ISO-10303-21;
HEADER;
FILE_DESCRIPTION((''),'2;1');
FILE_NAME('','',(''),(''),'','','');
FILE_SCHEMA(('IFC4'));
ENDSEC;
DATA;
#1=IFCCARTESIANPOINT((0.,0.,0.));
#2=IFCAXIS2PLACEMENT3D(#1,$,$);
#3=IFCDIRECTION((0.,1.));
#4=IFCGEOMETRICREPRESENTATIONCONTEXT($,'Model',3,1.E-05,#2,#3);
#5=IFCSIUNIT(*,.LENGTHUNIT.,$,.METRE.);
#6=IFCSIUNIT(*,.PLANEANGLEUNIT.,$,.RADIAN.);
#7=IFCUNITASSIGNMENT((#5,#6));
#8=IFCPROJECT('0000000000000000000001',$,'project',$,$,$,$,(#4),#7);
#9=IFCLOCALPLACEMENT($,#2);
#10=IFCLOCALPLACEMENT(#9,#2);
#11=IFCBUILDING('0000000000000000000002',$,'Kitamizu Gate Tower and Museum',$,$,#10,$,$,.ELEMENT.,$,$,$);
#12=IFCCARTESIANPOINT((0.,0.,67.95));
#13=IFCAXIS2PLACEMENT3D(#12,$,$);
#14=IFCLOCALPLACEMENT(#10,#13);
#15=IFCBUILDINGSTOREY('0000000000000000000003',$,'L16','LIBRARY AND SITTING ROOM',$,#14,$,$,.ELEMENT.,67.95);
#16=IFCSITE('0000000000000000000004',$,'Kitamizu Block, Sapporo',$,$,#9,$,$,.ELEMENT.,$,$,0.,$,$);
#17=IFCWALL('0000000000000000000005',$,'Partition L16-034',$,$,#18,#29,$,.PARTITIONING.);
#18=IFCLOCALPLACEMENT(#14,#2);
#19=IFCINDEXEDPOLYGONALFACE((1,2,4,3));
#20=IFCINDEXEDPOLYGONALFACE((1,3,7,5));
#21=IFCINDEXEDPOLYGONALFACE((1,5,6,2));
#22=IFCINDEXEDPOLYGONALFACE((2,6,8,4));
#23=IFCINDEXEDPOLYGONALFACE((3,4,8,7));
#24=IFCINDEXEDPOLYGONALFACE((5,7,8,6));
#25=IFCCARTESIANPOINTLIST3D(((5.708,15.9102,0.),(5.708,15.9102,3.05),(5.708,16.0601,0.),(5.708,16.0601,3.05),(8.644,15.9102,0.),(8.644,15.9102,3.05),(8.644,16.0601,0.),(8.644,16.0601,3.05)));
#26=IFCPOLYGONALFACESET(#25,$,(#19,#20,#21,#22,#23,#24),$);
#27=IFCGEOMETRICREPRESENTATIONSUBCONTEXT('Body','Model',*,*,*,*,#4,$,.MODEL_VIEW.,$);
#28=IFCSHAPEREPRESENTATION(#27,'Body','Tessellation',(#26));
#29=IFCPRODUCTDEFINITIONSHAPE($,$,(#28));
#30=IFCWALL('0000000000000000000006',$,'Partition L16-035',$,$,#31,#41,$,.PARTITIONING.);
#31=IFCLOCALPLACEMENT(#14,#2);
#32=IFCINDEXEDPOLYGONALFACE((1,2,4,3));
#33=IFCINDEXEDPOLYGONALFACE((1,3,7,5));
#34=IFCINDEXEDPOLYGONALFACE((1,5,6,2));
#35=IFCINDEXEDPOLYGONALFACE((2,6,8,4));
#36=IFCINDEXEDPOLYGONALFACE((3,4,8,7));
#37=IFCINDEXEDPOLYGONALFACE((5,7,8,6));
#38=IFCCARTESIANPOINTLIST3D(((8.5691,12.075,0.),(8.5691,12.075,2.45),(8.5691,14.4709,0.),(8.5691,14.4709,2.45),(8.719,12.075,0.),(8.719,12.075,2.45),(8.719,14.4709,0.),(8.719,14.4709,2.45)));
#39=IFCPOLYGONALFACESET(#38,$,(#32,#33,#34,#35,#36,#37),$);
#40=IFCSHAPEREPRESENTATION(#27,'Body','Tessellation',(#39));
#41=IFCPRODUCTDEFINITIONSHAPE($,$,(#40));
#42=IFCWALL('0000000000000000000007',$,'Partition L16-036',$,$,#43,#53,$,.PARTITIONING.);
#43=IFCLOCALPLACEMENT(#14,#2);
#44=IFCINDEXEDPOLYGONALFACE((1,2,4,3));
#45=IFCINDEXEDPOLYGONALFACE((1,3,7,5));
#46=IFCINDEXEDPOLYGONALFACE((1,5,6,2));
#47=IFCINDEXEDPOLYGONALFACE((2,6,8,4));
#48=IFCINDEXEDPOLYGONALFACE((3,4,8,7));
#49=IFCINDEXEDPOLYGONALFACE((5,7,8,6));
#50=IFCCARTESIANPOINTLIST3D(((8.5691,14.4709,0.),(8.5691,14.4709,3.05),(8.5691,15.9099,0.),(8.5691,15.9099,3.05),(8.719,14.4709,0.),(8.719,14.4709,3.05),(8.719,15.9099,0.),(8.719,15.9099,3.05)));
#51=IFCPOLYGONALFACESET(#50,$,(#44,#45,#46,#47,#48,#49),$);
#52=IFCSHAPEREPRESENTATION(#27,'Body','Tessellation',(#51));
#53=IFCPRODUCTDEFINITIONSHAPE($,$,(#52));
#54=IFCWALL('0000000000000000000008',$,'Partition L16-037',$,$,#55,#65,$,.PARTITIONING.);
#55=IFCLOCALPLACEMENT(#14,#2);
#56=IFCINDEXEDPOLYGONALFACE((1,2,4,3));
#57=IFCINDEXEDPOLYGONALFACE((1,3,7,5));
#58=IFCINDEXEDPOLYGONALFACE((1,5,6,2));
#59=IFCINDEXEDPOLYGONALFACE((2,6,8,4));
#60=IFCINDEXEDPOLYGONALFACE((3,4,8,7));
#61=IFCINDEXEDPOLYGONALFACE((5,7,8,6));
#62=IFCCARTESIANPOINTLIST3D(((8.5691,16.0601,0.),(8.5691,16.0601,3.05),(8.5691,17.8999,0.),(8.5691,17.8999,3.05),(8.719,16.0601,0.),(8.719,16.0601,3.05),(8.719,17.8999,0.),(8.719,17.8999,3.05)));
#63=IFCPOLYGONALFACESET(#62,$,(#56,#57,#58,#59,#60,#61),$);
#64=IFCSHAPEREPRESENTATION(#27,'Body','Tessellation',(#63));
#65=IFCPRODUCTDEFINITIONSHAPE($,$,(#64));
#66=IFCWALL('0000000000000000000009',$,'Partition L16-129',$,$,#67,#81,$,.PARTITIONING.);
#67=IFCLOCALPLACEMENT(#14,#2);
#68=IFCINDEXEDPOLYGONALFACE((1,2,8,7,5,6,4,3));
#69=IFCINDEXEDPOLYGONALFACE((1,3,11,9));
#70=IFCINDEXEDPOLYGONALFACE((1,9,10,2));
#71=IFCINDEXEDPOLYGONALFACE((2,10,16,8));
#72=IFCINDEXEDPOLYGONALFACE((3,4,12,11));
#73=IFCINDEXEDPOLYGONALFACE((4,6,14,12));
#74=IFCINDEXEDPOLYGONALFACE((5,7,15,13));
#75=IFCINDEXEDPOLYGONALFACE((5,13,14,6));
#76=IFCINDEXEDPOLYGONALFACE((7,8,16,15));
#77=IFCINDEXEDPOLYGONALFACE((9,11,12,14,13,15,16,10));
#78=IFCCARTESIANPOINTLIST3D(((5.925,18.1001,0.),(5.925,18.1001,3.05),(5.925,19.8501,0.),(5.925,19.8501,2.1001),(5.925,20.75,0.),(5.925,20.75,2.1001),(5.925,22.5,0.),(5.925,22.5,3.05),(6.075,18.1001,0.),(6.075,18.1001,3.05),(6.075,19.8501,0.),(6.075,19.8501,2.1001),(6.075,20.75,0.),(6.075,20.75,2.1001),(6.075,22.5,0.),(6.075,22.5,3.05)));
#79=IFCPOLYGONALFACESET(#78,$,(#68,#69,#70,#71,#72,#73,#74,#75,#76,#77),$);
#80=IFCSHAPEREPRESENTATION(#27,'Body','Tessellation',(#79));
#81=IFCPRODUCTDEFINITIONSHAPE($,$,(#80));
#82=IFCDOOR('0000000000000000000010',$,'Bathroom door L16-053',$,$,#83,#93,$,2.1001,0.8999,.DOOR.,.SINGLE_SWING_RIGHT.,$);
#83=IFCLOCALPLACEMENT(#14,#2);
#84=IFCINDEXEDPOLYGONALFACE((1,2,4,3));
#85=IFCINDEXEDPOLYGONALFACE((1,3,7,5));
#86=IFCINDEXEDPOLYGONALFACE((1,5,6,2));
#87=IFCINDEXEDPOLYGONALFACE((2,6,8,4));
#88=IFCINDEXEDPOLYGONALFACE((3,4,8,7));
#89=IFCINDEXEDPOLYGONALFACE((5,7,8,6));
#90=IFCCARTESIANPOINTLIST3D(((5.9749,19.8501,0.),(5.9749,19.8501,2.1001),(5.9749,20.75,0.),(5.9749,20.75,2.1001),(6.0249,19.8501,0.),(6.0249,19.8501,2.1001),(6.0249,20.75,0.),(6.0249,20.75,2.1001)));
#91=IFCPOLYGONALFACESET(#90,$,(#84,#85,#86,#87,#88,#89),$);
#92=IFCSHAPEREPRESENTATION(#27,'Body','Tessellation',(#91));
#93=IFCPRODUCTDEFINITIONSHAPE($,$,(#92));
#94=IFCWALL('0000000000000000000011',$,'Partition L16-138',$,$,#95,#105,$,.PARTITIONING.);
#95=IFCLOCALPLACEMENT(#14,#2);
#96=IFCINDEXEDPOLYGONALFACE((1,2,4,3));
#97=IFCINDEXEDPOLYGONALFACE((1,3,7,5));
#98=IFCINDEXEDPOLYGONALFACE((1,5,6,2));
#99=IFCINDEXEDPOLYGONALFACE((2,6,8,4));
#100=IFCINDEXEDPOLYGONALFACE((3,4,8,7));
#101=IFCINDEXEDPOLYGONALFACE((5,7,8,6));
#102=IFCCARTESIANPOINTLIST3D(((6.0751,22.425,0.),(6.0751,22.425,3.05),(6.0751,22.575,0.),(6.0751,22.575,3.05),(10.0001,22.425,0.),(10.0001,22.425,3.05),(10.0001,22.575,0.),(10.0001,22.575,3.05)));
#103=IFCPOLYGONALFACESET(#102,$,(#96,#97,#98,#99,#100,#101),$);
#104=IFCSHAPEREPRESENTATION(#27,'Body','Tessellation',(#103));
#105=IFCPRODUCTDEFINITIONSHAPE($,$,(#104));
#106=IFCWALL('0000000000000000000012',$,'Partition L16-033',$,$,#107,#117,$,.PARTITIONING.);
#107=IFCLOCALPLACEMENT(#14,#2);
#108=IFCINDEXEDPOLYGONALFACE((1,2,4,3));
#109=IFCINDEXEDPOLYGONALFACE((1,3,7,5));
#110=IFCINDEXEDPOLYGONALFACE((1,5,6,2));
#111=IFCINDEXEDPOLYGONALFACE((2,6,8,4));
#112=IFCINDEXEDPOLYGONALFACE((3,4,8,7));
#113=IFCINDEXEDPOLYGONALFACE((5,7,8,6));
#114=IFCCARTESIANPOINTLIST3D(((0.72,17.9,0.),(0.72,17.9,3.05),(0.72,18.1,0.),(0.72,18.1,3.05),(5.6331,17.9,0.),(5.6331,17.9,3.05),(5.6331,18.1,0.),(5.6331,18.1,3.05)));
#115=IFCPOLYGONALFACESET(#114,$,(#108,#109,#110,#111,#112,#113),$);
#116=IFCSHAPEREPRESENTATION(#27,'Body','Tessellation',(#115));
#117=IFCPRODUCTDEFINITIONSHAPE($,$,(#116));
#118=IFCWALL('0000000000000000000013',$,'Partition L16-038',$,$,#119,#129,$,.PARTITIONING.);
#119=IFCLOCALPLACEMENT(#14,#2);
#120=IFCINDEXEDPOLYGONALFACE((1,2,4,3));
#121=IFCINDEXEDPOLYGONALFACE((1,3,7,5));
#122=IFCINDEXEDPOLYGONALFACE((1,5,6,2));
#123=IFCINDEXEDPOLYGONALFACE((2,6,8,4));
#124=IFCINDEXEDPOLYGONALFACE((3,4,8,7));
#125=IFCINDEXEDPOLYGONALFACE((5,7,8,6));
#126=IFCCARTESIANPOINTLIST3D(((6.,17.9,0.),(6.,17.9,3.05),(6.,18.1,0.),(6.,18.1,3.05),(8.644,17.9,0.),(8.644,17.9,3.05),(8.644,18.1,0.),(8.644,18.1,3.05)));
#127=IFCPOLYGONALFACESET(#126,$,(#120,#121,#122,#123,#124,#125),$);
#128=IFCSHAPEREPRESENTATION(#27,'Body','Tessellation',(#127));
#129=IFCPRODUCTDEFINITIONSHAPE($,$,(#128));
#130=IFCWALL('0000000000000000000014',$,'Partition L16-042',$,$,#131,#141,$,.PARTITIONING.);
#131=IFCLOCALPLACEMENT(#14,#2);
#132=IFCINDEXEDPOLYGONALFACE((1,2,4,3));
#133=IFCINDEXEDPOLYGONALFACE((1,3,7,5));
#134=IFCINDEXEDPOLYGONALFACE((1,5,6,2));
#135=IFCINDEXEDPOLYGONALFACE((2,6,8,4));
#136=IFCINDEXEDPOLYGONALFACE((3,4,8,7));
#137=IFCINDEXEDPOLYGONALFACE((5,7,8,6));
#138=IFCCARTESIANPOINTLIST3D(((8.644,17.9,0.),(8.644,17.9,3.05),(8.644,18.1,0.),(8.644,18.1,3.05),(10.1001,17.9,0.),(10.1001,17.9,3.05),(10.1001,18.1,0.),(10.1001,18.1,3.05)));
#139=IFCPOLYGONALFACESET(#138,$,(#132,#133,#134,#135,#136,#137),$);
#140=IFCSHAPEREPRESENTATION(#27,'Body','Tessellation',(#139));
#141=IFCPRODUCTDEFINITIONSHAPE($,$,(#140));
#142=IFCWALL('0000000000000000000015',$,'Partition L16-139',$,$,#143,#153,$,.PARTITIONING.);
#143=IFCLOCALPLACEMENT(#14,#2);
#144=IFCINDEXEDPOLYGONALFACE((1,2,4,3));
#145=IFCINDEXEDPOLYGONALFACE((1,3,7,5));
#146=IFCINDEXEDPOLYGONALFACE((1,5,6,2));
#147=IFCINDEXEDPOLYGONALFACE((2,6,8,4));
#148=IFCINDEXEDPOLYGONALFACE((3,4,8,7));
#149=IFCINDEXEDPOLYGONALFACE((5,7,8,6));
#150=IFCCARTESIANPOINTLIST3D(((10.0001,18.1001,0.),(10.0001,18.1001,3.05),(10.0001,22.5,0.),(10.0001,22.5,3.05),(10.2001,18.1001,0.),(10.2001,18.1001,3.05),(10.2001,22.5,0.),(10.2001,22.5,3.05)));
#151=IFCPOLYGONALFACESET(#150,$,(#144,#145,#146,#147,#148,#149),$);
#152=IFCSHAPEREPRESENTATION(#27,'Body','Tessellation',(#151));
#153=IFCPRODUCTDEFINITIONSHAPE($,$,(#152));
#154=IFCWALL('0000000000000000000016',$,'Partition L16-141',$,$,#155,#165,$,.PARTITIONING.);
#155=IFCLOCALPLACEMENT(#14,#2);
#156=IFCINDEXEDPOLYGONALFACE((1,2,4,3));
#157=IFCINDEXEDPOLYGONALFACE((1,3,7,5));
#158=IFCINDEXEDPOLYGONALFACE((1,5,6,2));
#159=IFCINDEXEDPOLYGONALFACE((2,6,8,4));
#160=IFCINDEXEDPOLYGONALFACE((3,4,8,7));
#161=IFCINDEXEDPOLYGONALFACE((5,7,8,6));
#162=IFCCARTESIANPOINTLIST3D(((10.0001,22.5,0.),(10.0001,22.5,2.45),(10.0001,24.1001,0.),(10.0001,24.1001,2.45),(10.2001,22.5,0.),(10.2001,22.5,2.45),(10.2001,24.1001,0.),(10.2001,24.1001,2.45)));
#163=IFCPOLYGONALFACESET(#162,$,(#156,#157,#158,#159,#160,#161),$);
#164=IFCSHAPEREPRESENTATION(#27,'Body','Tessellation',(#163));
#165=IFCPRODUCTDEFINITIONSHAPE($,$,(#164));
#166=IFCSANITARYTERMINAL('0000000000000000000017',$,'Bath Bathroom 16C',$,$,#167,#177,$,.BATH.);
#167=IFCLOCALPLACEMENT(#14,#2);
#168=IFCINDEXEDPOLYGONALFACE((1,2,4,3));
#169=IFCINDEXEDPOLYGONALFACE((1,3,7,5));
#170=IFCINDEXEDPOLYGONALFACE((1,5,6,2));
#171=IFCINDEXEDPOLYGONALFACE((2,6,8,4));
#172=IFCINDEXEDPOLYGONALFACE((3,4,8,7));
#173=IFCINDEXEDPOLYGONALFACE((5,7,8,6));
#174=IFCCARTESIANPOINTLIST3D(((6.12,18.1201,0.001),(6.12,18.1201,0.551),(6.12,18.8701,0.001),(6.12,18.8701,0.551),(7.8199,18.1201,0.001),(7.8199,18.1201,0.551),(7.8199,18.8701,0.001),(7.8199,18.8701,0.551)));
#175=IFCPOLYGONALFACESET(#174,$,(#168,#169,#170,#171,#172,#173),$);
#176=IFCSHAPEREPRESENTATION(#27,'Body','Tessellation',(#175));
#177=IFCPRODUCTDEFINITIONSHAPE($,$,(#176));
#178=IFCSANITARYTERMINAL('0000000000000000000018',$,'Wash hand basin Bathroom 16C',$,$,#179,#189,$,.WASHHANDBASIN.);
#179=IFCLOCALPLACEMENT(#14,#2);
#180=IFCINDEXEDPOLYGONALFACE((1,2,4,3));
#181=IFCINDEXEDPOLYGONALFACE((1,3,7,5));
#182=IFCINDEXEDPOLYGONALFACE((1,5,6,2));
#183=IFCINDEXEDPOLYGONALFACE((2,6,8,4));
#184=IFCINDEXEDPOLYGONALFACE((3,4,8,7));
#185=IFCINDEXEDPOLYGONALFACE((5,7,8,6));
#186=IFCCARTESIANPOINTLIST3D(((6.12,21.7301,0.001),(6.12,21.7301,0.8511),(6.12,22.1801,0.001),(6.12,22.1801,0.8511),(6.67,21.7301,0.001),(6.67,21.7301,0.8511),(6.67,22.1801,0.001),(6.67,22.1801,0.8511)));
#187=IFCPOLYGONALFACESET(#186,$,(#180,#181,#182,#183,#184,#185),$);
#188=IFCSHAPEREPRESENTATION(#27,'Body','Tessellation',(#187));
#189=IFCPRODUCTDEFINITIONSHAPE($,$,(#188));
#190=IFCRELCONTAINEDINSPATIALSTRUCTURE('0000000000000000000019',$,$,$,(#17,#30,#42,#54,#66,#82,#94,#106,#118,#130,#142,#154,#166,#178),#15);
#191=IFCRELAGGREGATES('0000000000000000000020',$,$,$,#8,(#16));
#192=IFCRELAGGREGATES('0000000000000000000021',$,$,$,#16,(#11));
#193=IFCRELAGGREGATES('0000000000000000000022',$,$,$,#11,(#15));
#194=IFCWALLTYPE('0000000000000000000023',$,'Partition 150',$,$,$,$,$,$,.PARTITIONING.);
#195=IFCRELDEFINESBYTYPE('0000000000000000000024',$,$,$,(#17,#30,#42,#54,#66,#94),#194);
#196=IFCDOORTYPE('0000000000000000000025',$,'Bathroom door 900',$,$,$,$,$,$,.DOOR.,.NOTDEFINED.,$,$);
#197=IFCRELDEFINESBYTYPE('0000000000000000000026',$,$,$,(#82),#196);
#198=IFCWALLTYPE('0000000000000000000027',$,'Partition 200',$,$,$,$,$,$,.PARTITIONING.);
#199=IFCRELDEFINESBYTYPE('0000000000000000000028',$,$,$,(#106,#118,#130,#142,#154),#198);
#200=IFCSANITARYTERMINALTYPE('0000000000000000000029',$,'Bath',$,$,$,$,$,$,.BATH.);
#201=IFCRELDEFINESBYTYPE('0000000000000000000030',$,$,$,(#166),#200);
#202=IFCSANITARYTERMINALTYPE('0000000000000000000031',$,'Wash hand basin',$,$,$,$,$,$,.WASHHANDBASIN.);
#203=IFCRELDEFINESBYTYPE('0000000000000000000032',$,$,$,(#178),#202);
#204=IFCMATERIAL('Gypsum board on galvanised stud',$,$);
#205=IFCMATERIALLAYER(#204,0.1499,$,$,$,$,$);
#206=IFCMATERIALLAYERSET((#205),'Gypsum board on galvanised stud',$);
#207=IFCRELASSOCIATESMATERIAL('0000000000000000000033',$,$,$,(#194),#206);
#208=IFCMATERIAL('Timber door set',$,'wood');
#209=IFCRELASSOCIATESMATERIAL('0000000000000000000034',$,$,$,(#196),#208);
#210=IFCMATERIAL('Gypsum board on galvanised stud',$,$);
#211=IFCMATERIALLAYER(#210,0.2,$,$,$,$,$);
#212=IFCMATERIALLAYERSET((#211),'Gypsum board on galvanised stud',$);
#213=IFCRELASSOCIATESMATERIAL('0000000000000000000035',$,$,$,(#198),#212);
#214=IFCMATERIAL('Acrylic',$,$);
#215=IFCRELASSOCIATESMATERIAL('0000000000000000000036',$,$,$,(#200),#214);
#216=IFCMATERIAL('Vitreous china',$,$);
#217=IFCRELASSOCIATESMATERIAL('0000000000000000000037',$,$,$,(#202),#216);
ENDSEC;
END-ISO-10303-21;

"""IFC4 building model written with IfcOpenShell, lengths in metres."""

from ifc_helpers import new_model, si_unit, direction, frame, frame_2d, origin, origin_2d, place, context, subcontext, project, spatial, rectangle, extrude, material, layer, layer_set, type_object, element, fill, save


model = new_model("IFC4")

# Units and contexts
model_context = context("Model", 3, precision=1e-05, world=origin(), true_north=direction((0.0, 1.0)))
body_context = subcontext(model_context, "Body", "Model", "MODEL_VIEW")
ifc_project = project(units=[si_unit("LENGTHUNIT", "METRE"), si_unit("PLANEANGLEUNIT", "RADIAN")], contexts=[model_context])

# Site, building, storey
site_placement = place(None, origin())
site = spatial("IfcSite", under=ifc_project, at=site_placement, Name="Kitamizu Block, Sapporo", CompositionType="ELEMENT", RefElevation=0.0)
building_placement = place(site_placement, origin())
building = spatial("IfcBuilding", under=site, at=building_placement, Name="Kitamizu Gate Tower and Museum", CompositionType="ELEMENT")
storey_placement = place(building_placement, frame((0.0, 0.0, 67.95)))
storey = spatial("IfcBuildingStorey", under=building, at=storey_placement, Name="L16", Description="LIBRARY AND SITTING ROOM", CompositionType="ELEMENT", Elevation=67.95)

# Shared definitions
ifc_material_1 = material(Name="Gypsum board on galvanised stud")
ifc_layer_1 = layer(ifc_material_1, 0.1499)
ifc_layer_set_1 = layer_set([ifc_layer_1], Name="Gypsum board on galvanised stud")
wall_type_1 = type_object("IfcWallType", Name="Partition 150", PredefinedType="PARTITIONING", material=ifc_layer_set_1)

# Shared definitions
ifc_material_2 = material(Name="Timber door set", Category="wood")
door_type_1 = type_object("IfcDoorType", Name="Bathroom door 900", OperationType="NOTDEFINED", PredefinedType="DOOR", material=ifc_material_2)

# Walls
wall_1_placement = place(storey_placement, frame((8.644, 15.9851, 0.0), z_axis=(0.0, 0.0, 1.0), x_axis=(-1.0, 0.0, 0.0)))
element("IfcWall", 1, at=wall_1_placement, inside=storey, type_object=wall_type_1, Name="Partition L16-034", PredefinedType="PARTITIONING", context=body_context, shape_type="SweptSolid", body=[
    extrude(rectangle(XDim=2.936, YDim=0.1499, at=frame_2d((1.468, 0.0))), origin(), (0.0, 0.0, 1.0), 3.05),
])
wall_2_placement = place(storey_placement, frame((8.644, 12.075, 0.0), z_axis=(0.0, 0.0, 1.0), x_axis=(0.0, 1.0, 0.0)))
element("IfcWall", 2, at=wall_2_placement, inside=storey, type_object=wall_type_1, Name="Partition L16-035", PredefinedType="PARTITIONING", context=body_context, shape_type="SweptSolid", body=[
    extrude(rectangle(XDim=2.396, YDim=0.1499, at=frame_2d((1.198, 0.0))), origin(), (0.0, 0.0, 1.0), 2.45),
])
wall_3_placement = place(storey_placement, frame((8.644, 14.4709, 0.0), z_axis=(0.0, 0.0, 1.0), x_axis=(0.0, 1.0, 0.0)))
element("IfcWall", 3, at=wall_3_placement, inside=storey, type_object=wall_type_1, Name="Partition L16-036", PredefinedType="PARTITIONING", context=body_context, shape_type="SweptSolid", body=[
    extrude(rectangle(XDim=1.439, YDim=0.1499, at=frame_2d((0.7195, 0.0))), origin(), (0.0, 0.0, 1.0), 3.05),
])
wall_4_placement = place(storey_placement, frame((8.644, 16.0601, 0.0), z_axis=(0.0, 0.0, 1.0), x_axis=(0.0, 1.0, 0.0)))
element("IfcWall", 4, at=wall_4_placement, inside=storey, type_object=wall_type_1, Name="Partition L16-037", PredefinedType="PARTITIONING", context=body_context, shape_type="SweptSolid", body=[
    extrude(rectangle(XDim=1.8398, YDim=0.1499, at=frame_2d((0.9199, 0.0))), origin(), (0.0, 0.0, 1.0), 3.05),
])

# Wall, opening, door
wall_5_placement = place(storey_placement, frame((6.0, 18.1001, 0.0), z_axis=(0.0, 0.0, 1.0), x_axis=(0.0, 1.0, 0.0)))
wall_5 = element("IfcWall", 5, at=wall_5_placement, inside=storey, type_object=wall_type_1, Name="Partition L16-129", PredefinedType="PARTITIONING", context=body_context, shape_type="SweptSolid", body=[
    extrude(rectangle(XDim=4.3999, YDim=0.1499, at=frame_2d((2.2, 0.0))), origin(), (0.0, 0.0, 1.0), 3.05),
])
opening_1_placement = place(wall_5_placement, frame((1.75, 0.0, 0.0)))
opening_1 = element("IfcOpeningElement", 6, at=opening_1_placement, cuts=wall_5, PredefinedType="OPENING", context=body_context, shape_type="SweptSolid", body=[
    extrude(rectangle(XDim=0.8999, YDim=2.1001, at=frame_2d((0.45, 1.05))), frame((0.0, 0.085, 0.0), z_axis=(0.0, -1.0, 0.0), x_axis=(1.0, 0.0, 0.0)), (0.0, 0.0, 1.0), 0.1699),
])
door_1_placement = place(opening_1_placement, frame((0.8999, 0.0, 0.0), x_axis=(-1.0, 0.0, 0.0)))
door_1 = element("IfcDoor", 7, at=door_1_placement, inside=storey, type_object=door_type_1, Name="Bathroom door L16-053", OperationType="SINGLE_SWING_RIGHT", OverallHeight=2.1001, OverallWidth=0.8999, PredefinedType="DOOR", context=body_context, shape_type="SweptSolid", body=[
    extrude(rectangle(XDim=0.8999, YDim=2.1001, at=frame_2d((0.45, 1.05))), frame((0.0, 0.0249, 0.0), z_axis=(0.0, -1.0, 0.0), x_axis=(1.0, 0.0, 0.0)), (0.0, 0.0, 1.0), 0.05),
])
fill(opening_1, door_1)

# Walls
wall_6_placement = place(storey_placement, frame((10.0, 22.5, 0.0), z_axis=(0.0, 0.0, 1.0), x_axis=(-1.0, 0.0, 0.0)))
element("IfcWall", 8, at=wall_6_placement, inside=storey, type_object=wall_type_1, Name="Partition L16-138", PredefinedType="PARTITIONING", context=body_context, shape_type="SweptSolid", body=[
    extrude(rectangle(XDim=3.925, YDim=0.1499, at=frame_2d((1.9624, 0.0))), origin(), (0.0, 0.0, 1.0), 3.05),
])
ifc_material_3 = material(Name="Gypsum board on galvanised stud")
ifc_layer_2 = layer(ifc_material_3, 0.2)
ifc_layer_set_2 = layer_set([ifc_layer_2], Name="Gypsum board on galvanised stud")
wall_type_2 = type_object("IfcWallType", Name="Partition 200", PredefinedType="PARTITIONING", material=ifc_layer_set_2)
wall_7_placement = place(storey_placement, frame((5.6331, 18.0, 0.0), z_axis=(0.0, 0.0, 1.0), x_axis=(-1.0, 0.0, 0.0)))
element("IfcWall", 9, at=wall_7_placement, inside=storey, type_object=wall_type_2, Name="Partition L16-033", PredefinedType="PARTITIONING", context=body_context, shape_type="SweptSolid", body=[
    extrude(rectangle(XDim=4.9131, YDim=0.2, at=frame_2d((2.4565, 0.0))), origin(), (0.0, 0.0, 1.0), 3.05),
])
wall_8_placement = place(storey_placement, frame((8.644, 18.0, 0.0), z_axis=(0.0, 0.0, 1.0), x_axis=(-1.0, 0.0, 0.0)))
element("IfcWall", 10, at=wall_8_placement, inside=storey, type_object=wall_type_2, Name="Partition L16-038", PredefinedType="PARTITIONING", context=body_context, shape_type="SweptSolid", body=[
    extrude(rectangle(XDim=2.644, YDim=0.2, at=frame_2d((1.322, 0.0))), origin(), (0.0, 0.0, 1.0), 3.05),
])
wall_9_placement = place(storey_placement, frame((10.1001, 18.0, 0.0), z_axis=(0.0, 0.0, 1.0), x_axis=(-1.0, 0.0, 0.0)))
element("IfcWall", 11, at=wall_9_placement, inside=storey, type_object=wall_type_2, Name="Partition L16-042", PredefinedType="PARTITIONING", context=body_context, shape_type="SweptSolid", body=[
    extrude(rectangle(XDim=1.4561, YDim=0.2, at=frame_2d((0.728, 0.0))), origin(), (0.0, 0.0, 1.0), 3.05),
])
wall_10_placement = place(storey_placement, frame((10.1001, 18.1001, 0.0), z_axis=(0.0, 0.0, 1.0), x_axis=(0.0, 1.0, 0.0)))
element("IfcWall", 12, at=wall_10_placement, inside=storey, type_object=wall_type_2, Name="Partition L16-139", PredefinedType="PARTITIONING", context=body_context, shape_type="SweptSolid", body=[
    extrude(rectangle(XDim=4.3999, YDim=0.2, at=frame_2d((2.2, 0.0))), origin(), (0.0, 0.0, 1.0), 3.05),
])
wall_11_placement = place(storey_placement, frame((10.1001, 22.5, 0.0), z_axis=(0.0, 0.0, 1.0), x_axis=(0.0, 1.0, 0.0)))
element("IfcWall", 13, at=wall_11_placement, inside=storey, type_object=wall_type_2, Name="Partition L16-141", PredefinedType="PARTITIONING", context=body_context, shape_type="SweptSolid", body=[
    extrude(rectangle(XDim=1.6001, YDim=0.2, at=frame_2d((0.8, 0.0))), origin(), (0.0, 0.0, 1.0), 2.45),
])

# Sanitary terminals
ifc_material_4 = material(Name="Acrylic")
sanitary_terminal_type_1 = type_object("IfcSanitaryTerminalType", Name="Bath", PredefinedType="BATH", material=ifc_material_4)
sanitary_terminal_1_placement = place(storey_placement, frame((6.97, 18.4951, 0.001), z_axis=(0.0, 0.0, 1.0), x_axis=(1.0, 0.0, 0.0)))
element("IfcSanitaryTerminal", 14, at=sanitary_terminal_1_placement, inside=storey, type_object=sanitary_terminal_type_1, Name="Bath Bathroom 16C", PredefinedType="BATH", context=body_context, shape_type="SweptSolid", body=[
    extrude(rectangle(XDim=1.7, YDim=0.75, at=origin_2d()), origin(), (0.0, 0.0, 1.0), 0.55),
])
ifc_material_5 = material(Name="Vitreous china")
sanitary_terminal_type_2 = type_object("IfcSanitaryTerminalType", Name="Wash hand basin", PredefinedType="WASHHANDBASIN", material=ifc_material_5)
sanitary_terminal_2_placement = place(storey_placement, frame((6.395, 21.9551, 0.001), z_axis=(0.0, 0.0, 1.0), x_axis=(1.0, 0.0, 0.0)))
element("IfcSanitaryTerminal", 15, at=sanitary_terminal_2_placement, inside=storey, type_object=sanitary_terminal_type_2, Name="Wash hand basin Bathroom 16C", PredefinedType="WASHHANDBASIN", context=body_context, shape_type="SweptSolid", body=[
    extrude(rectangle(XDim=0.55, YDim=0.45, at=origin_2d()), origin(), (0.0, 0.0, 1.0), 0.8501),
])

save(model, "model.ifc")
